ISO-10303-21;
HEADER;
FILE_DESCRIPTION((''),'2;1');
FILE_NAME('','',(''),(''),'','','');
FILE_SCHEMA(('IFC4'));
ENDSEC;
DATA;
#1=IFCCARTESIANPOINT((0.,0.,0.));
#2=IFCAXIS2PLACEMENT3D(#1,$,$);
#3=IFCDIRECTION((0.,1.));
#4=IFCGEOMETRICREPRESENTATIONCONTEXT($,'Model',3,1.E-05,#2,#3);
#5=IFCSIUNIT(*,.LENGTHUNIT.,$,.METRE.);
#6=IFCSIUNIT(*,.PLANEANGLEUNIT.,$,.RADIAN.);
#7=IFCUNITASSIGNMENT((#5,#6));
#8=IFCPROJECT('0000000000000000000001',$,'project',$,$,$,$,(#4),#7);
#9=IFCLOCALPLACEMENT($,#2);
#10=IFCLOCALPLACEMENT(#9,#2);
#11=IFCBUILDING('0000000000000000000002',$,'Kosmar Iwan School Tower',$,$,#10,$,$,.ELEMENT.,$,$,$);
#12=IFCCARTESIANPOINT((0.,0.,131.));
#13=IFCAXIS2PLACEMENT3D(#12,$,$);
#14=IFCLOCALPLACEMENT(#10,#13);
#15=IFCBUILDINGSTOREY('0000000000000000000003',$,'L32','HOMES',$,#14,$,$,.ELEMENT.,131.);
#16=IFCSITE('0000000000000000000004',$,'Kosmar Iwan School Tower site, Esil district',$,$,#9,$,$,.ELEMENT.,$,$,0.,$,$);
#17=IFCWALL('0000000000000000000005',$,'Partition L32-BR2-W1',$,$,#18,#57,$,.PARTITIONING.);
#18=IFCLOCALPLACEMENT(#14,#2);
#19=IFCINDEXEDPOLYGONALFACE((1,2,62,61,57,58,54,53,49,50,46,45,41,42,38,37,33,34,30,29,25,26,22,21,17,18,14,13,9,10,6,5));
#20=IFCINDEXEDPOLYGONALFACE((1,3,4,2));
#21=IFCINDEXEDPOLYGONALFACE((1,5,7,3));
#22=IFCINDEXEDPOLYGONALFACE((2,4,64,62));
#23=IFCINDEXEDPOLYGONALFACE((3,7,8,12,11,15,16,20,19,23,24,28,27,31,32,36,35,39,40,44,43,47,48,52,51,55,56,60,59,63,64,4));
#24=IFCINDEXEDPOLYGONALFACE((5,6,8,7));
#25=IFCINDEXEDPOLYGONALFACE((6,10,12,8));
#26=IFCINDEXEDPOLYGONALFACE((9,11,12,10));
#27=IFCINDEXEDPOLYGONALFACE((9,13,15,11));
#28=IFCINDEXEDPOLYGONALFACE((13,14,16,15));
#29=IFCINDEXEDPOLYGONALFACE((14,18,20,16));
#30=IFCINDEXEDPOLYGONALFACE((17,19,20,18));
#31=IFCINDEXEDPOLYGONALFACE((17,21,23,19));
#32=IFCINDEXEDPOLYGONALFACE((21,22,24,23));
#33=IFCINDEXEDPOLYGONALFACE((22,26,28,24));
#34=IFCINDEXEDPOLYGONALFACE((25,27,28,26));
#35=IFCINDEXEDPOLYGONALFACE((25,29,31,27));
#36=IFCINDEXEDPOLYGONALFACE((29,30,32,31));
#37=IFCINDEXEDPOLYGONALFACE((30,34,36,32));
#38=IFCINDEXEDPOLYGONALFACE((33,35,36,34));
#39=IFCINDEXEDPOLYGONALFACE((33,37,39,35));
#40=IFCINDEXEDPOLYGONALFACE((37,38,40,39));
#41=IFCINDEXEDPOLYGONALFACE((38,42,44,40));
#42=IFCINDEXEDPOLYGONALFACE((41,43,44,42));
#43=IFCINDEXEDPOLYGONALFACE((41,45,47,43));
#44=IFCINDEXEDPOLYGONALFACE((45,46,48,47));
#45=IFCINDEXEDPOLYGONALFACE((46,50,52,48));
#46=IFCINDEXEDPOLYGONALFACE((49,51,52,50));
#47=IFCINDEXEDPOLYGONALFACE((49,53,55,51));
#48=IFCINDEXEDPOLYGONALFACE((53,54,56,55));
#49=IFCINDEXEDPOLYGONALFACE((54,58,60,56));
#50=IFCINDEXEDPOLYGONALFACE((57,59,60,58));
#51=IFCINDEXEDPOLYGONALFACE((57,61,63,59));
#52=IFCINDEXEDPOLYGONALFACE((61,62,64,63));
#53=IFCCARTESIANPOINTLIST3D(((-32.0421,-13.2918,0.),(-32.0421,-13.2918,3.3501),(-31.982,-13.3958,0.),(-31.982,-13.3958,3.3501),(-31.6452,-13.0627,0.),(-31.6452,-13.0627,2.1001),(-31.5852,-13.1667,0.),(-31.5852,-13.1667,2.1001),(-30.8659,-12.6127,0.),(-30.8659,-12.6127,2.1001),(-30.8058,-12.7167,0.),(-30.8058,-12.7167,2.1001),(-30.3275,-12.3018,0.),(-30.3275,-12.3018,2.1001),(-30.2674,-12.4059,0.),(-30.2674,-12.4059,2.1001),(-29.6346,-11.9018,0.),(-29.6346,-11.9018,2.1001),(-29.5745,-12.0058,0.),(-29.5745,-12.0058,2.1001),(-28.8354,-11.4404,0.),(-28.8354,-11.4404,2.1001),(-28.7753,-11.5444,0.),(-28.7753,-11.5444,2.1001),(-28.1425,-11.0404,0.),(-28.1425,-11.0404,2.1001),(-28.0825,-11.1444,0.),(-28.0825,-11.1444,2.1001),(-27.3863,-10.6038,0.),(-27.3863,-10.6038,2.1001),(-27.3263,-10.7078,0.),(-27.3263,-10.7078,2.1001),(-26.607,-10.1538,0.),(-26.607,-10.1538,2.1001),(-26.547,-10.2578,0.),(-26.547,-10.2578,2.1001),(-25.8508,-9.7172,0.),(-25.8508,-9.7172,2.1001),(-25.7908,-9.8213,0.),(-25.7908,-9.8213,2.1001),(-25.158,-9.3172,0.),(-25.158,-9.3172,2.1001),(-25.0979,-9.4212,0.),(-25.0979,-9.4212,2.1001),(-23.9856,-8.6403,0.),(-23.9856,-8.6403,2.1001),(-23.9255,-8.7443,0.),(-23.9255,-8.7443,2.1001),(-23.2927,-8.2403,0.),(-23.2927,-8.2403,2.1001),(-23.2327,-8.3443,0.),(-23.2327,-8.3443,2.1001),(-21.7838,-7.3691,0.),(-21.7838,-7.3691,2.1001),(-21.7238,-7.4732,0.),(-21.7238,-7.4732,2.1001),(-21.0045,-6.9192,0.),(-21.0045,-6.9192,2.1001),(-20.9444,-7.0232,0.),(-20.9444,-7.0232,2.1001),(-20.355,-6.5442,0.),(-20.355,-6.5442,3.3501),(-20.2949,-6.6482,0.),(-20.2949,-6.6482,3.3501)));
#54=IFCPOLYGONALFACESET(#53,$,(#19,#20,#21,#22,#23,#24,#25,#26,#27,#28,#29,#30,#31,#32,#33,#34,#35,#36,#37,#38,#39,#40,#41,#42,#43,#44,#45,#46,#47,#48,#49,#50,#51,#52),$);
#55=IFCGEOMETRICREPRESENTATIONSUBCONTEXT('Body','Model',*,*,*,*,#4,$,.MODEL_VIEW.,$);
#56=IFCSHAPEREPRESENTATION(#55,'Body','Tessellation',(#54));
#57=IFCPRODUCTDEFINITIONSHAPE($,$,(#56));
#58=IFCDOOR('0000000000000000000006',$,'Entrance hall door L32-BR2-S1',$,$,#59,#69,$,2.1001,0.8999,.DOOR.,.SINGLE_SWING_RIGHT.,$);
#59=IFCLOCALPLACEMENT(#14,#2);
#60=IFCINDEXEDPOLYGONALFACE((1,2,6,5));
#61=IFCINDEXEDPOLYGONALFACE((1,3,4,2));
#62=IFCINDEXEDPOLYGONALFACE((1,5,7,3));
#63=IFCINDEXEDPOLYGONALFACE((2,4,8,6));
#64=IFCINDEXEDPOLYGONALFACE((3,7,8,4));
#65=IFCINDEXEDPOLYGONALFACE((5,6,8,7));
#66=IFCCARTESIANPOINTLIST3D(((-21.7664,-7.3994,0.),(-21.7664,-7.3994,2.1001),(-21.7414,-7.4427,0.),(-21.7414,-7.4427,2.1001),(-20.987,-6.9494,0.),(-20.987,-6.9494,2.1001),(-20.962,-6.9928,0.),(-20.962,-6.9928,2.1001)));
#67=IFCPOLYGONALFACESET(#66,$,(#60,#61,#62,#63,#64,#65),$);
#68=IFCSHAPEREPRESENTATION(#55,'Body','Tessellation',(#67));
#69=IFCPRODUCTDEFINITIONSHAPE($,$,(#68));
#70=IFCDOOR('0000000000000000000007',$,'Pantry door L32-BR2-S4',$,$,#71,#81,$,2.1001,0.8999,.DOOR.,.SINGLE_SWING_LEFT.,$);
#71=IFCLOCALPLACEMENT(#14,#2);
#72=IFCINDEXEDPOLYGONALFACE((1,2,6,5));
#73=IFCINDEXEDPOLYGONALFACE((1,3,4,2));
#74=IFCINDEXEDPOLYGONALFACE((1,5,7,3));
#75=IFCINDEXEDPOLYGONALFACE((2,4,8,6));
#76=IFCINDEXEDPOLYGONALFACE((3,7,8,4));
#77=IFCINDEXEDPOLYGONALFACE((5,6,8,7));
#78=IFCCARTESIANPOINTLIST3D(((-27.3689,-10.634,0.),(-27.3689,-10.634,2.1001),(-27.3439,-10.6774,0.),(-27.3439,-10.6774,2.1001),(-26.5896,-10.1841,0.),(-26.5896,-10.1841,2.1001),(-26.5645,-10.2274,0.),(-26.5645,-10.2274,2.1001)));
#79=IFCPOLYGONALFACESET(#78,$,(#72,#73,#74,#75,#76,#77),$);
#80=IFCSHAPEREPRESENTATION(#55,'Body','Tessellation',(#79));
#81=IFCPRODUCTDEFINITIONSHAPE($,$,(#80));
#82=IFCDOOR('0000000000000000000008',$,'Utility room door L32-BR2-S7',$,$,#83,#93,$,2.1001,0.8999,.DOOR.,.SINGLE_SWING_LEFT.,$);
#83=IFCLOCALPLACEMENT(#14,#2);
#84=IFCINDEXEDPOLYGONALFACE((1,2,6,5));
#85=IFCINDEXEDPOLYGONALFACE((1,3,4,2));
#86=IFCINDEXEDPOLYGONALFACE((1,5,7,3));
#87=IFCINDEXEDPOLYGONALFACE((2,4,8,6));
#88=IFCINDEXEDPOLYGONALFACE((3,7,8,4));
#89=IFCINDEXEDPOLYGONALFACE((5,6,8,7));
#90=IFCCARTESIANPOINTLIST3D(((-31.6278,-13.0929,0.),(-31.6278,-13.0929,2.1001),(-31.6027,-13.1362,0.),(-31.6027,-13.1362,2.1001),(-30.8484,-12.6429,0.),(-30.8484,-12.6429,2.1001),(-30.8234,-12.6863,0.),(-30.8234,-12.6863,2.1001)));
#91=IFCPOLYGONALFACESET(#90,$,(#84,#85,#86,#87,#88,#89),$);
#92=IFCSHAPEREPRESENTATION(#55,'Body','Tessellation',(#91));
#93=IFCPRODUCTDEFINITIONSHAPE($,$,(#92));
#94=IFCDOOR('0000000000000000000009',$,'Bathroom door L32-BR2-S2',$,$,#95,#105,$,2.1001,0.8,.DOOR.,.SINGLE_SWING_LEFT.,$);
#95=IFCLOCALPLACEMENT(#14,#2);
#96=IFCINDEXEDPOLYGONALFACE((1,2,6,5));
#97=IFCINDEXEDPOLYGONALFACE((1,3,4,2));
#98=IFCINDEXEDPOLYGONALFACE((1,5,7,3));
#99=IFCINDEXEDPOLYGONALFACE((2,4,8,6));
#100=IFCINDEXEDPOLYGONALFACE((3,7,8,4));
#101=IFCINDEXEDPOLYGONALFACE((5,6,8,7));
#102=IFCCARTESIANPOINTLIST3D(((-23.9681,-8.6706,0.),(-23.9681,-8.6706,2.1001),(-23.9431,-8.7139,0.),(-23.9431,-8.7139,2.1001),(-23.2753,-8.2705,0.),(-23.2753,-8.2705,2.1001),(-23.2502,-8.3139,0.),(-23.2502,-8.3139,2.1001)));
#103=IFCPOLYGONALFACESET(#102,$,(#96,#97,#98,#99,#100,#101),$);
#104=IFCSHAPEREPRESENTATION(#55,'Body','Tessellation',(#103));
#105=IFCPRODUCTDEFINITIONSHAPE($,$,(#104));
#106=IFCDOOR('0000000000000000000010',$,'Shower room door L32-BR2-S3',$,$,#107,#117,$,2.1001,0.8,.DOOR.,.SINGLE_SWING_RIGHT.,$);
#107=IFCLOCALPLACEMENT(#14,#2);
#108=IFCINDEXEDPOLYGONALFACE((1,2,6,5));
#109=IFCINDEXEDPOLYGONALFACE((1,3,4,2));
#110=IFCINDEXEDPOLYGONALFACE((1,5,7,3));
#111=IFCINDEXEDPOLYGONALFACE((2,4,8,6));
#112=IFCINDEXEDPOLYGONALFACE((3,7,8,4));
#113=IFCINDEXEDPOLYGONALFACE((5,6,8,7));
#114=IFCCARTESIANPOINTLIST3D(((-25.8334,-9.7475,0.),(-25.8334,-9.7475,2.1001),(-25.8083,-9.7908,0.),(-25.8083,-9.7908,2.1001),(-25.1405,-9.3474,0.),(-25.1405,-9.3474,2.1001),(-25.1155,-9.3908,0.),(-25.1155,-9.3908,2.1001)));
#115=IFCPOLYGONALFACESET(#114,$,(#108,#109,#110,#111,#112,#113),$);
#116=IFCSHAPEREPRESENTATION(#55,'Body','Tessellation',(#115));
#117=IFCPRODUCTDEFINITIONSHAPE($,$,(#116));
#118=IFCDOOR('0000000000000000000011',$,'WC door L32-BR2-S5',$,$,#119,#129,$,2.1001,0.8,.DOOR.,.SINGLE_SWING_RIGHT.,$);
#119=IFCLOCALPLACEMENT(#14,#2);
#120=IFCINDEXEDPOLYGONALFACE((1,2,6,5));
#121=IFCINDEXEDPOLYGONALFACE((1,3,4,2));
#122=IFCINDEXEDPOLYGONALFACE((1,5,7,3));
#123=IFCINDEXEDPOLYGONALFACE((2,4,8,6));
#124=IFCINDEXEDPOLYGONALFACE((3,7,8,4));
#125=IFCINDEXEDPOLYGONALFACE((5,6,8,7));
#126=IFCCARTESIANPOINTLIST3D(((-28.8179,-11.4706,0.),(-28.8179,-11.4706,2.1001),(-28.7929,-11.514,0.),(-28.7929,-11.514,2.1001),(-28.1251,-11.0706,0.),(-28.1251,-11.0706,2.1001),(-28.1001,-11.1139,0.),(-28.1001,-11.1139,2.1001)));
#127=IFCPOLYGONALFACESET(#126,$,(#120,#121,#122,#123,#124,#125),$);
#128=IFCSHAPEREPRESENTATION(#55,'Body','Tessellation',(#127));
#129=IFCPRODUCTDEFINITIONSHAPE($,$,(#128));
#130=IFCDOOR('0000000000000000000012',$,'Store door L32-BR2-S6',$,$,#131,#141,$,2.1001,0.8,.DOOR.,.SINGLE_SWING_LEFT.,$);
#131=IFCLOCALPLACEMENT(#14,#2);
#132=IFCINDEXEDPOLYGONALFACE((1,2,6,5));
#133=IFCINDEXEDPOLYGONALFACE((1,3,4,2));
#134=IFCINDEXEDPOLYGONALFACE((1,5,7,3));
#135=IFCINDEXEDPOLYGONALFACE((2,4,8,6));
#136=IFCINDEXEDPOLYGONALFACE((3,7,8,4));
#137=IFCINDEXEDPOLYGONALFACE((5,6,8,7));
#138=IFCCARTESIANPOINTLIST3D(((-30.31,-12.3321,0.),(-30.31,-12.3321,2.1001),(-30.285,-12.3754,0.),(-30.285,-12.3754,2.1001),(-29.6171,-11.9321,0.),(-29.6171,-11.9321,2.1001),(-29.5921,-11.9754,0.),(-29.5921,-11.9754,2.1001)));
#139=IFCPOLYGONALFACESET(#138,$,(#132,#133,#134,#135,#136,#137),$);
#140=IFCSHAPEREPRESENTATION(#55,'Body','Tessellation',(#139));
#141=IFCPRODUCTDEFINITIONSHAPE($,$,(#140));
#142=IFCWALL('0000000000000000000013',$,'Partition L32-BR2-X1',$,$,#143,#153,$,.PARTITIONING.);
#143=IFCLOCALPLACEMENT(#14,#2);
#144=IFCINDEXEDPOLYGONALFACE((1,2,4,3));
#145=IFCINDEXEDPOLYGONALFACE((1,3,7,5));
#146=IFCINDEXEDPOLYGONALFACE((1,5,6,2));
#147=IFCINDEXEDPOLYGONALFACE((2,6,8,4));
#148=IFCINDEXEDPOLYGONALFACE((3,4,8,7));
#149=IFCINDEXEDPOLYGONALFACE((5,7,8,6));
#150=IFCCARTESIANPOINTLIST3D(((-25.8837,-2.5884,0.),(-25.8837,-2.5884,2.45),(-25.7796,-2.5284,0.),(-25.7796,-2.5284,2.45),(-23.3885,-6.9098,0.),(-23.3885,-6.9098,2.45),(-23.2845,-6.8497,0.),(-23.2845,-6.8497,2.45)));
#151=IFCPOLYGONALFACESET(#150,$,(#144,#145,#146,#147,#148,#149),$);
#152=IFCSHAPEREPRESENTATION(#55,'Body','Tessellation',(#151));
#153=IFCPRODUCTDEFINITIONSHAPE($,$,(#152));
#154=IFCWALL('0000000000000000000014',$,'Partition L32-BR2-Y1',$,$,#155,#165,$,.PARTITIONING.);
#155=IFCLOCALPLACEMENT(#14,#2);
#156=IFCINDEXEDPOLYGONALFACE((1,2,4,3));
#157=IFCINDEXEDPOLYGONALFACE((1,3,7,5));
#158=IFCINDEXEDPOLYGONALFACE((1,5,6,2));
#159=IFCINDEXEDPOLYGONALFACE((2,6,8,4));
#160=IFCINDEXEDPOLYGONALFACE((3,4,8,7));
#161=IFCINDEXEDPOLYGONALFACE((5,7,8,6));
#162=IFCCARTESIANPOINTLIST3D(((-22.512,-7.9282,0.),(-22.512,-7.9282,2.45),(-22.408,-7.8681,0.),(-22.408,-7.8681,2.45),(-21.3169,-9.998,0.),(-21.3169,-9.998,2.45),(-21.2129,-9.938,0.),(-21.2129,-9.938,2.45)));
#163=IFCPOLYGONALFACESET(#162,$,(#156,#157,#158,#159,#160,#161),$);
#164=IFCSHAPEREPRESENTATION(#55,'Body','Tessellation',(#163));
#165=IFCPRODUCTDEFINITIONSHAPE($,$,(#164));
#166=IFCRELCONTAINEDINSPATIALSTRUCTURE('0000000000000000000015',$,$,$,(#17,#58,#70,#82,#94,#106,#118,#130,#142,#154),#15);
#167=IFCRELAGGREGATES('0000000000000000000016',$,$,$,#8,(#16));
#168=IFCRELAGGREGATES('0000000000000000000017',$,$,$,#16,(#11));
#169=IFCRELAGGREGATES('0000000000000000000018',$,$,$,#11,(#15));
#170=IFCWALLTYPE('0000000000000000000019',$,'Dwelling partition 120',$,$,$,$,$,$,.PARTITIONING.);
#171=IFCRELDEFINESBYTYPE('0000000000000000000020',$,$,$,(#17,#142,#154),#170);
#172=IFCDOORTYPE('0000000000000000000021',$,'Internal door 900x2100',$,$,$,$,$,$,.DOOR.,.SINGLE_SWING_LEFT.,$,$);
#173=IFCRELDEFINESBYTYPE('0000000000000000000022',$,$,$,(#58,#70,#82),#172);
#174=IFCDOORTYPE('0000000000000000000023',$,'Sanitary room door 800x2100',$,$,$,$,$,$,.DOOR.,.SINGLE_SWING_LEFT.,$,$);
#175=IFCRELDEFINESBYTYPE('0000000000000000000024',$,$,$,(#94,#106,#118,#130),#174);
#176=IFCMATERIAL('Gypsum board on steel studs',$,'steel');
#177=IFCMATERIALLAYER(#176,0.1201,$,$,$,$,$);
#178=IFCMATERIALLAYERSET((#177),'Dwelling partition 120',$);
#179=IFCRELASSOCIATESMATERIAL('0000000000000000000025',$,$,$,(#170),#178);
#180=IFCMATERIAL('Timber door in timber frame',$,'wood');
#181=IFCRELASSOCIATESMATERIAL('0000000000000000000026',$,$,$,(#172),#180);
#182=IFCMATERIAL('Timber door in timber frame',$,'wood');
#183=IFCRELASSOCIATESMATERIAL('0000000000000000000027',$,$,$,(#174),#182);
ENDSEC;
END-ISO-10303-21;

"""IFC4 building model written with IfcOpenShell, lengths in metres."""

from ifc_helpers import new_model, si_unit, direction, frame, frame_2d, origin, place, context, subcontext, project, spatial, rectangle, extrude, material, layer, layer_set, type_object, element, fill, save


model = new_model("IFC4")

# Units and contexts
model_context = context("Model", 3, precision=1e-05, world=origin(), true_north=direction((0.0, 1.0)))
body_context = subcontext(model_context, "Body", "Model", "MODEL_VIEW")
ifc_project = project(units=[si_unit("LENGTHUNIT", "METRE"), si_unit("PLANEANGLEUNIT", "RADIAN")], contexts=[model_context])

# Site, building, storey
site_placement = place(None, origin())
site = spatial("IfcSite", under=ifc_project, at=site_placement, Name="Kosmar Iwan School Tower site, Esil district", CompositionType="ELEMENT", RefElevation=0.0)
building_placement = place(site_placement, origin())
building = spatial("IfcBuilding", under=site, at=building_placement, Name="Kosmar Iwan School Tower", CompositionType="ELEMENT")
storey_placement = place(building_placement, frame((0.0, 0.0, 131.0)))
storey = spatial("IfcBuildingStorey", under=building, at=storey_placement, Name="L32", Description="HOMES", CompositionType="ELEMENT", Elevation=131.0)

# Shared definitions
ifc_material_1 = material(Name="Gypsum board on steel studs", Category="steel")
ifc_layer_1 = layer(ifc_material_1, 0.1201)
ifc_layer_set_1 = layer_set([ifc_layer_1], Name="Dwelling partition 120")
wall_type_1 = type_object("IfcWallType", Name="Dwelling partition 120", PredefinedType="PARTITIONING", material=ifc_layer_set_1)

# Wall, openings, doors
wall_1_placement = place(storey_placement, frame((-20.325, -6.5962, 0.0), z_axis=(0.0, 0.0, 1.0), x_axis=(-0.866024, -0.500003, 0.0)))
wall_1 = element("IfcWall", 1, at=wall_1_placement, inside=storey, type_object=wall_type_1, Name="Partition L32-BR2-W1", PredefinedType="PARTITIONING", context=body_context, shape_type="SweptSolid", body=[
    extrude(rectangle(XDim=13.4951, YDim=0.1201, at=frame_2d((6.7476, 0.0))), origin(), (0.0, 0.0, 1.0), 3.3501),
])
opening_1_placement = place(wall_1_placement, frame((0.75, 0.0, 0.0)))
opening_1 = element("IfcOpeningElement", 2, at=opening_1_placement, cuts=wall_1, PredefinedType="OPENING", context=body_context, shape_type="SweptSolid", body=[
    extrude(rectangle(XDim=0.8999, YDim=2.1001, at=frame_2d((0.45, 1.05))), frame((0.0, 0.072, 0.0), z_axis=(0.0, -1.0, 0.0), x_axis=(1.0, 0.0, 0.0)), (0.0, 0.0, 1.0), 0.144),
])
opening_2_placement = place(wall_1_placement, frame((3.3923, 0.0, 0.0)))
opening_2 = element("IfcOpeningElement", 3, at=opening_2_placement, cuts=wall_1, PredefinedType="OPENING", context=body_context, shape_type="SweptSolid", body=[
    extrude(rectangle(XDim=0.8, YDim=2.1001, at=frame_2d((0.3999, 1.05))), frame((0.0, 0.072, 0.0), z_axis=(0.0, -1.0, 0.0), x_axis=(1.0, 0.0, 0.0)), (0.0, 0.0, 1.0), 0.144),
])
opening_3_placement = place(wall_1_placement, frame((5.5461, 0.0, 0.0)))
opening_3 = element("IfcOpeningElement", 4, at=opening_3_placement, cuts=wall_1, PredefinedType="OPENING", context=body_context, shape_type="SweptSolid", body=[
    extrude(rectangle(XDim=0.8, YDim=2.1001, at=frame_2d((0.3999, 1.05))), frame((0.0, 0.072, 0.0), z_axis=(0.0, -1.0, 0.0), x_axis=(1.0, 0.0, 0.0)), (0.0, 0.0, 1.0), 0.144),
])
opening_4_placement = place(wall_1_placement, frame((7.2192, 0.0, 0.0)))
opening_4 = element("IfcOpeningElement", 5, at=opening_4_placement, cuts=wall_1, PredefinedType="OPENING", context=body_context, shape_type="SweptSolid", body=[
    extrude(rectangle(XDim=0.8999, YDim=2.1001, at=frame_2d((0.45, 1.05))), frame((0.0, 0.072, 0.0), z_axis=(0.0, -1.0, 0.0), x_axis=(1.0, 0.0, 0.0)), (0.0, 0.0, 1.0), 0.144),
])
opening_5_placement = place(wall_1_placement, frame((8.9924, 0.0, 0.0)))
opening_5 = element("IfcOpeningElement", 6, at=opening_5_placement, cuts=wall_1, PredefinedType="OPENING", context=body_context, shape_type="SweptSolid", body=[
    extrude(rectangle(XDim=0.8, YDim=2.1001, at=frame_2d((0.3999, 1.05))), frame((0.0, 0.072, 0.0), z_axis=(0.0, -1.0, 0.0), x_axis=(1.0, 0.0, 0.0)), (0.0, 0.0, 1.0), 0.144),
])
opening_6_placement = place(wall_1_placement, frame((10.7153, 0.0, 0.0)))
opening_6 = element("IfcOpeningElement", 7, at=opening_6_placement, cuts=wall_1, PredefinedType="OPENING", context=body_context, shape_type="SweptSolid", body=[
    extrude(rectangle(XDim=0.8, YDim=2.1001, at=frame_2d((0.3999, 1.05))), frame((0.0, 0.072, 0.0), z_axis=(0.0, -1.0, 0.0), x_axis=(1.0, 0.0, 0.0)), (0.0, 0.0, 1.0), 0.144),
])
opening_7_placement = place(wall_1_placement, frame((12.137, 0.0, 0.0)))
opening_7 = element("IfcOpeningElement", 8, at=opening_7_placement, cuts=wall_1, PredefinedType="OPENING", context=body_context, shape_type="SweptSolid", body=[
    extrude(rectangle(XDim=0.8999, YDim=2.1001, at=frame_2d((0.45, 1.05))), frame((0.0, 0.072, 0.0), z_axis=(0.0, -1.0, 0.0), x_axis=(1.0, 0.0, 0.0)), (0.0, 0.0, 1.0), 0.144),
])
ifc_material_2 = material(Name="Timber door in timber frame", Category="wood")
door_type_1 = type_object("IfcDoorType", Name="Internal door 900x2100", OperationType="SINGLE_SWING_LEFT", PredefinedType="DOOR", material=ifc_material_2)
door_1_placement = place(opening_1_placement, origin())
door_1 = element("IfcDoor", 9, at=door_1_placement, inside=storey, type_object=door_type_1, Name="Entrance hall door L32-BR2-S1", OperationType="SINGLE_SWING_RIGHT", OverallHeight=2.1001, OverallWidth=0.8999, PredefinedType="DOOR", context=body_context, shape_type="SweptSolid", body=[
    extrude(rectangle(XDim=0.8999, YDim=2.1001, at=frame_2d((0.45, 1.05))), frame((0.0, 0.0249, 0.0), z_axis=(0.0, -1.0, 0.0), x_axis=(1.0, 0.0, 0.0)), (0.0, 0.0, 1.0), 0.05),
])
fill(opening_1, door_1)
door_2_placement = place(opening_4_placement, origin())
door_2 = element("IfcDoor", 10, at=door_2_placement, inside=storey, type_object=door_type_1, Name="Pantry door L32-BR2-S4", OperationType="SINGLE_SWING_LEFT", OverallHeight=2.1001, OverallWidth=0.8999, PredefinedType="DOOR", context=body_context, shape_type="SweptSolid", body=[
    extrude(rectangle(XDim=0.8999, YDim=2.1001, at=frame_2d((0.45, 1.05))), frame((0.0, 0.0249, 0.0), z_axis=(0.0, -1.0, 0.0), x_axis=(1.0, 0.0, 0.0)), (0.0, 0.0, 1.0), 0.05),
])
fill(opening_4, door_2)
door_3_placement = place(opening_7_placement, origin())
door_3 = element("IfcDoor", 11, at=door_3_placement, inside=storey, type_object=door_type_1, Name="Utility room door L32-BR2-S7", OperationType="SINGLE_SWING_LEFT", OverallHeight=2.1001, OverallWidth=0.8999, PredefinedType="DOOR", context=body_context, shape_type="SweptSolid", body=[
    extrude(rectangle(XDim=0.8999, YDim=2.1001, at=frame_2d((0.45, 1.05))), frame((0.0, 0.0249, 0.0), z_axis=(0.0, -1.0, 0.0), x_axis=(1.0, 0.0, 0.0)), (0.0, 0.0, 1.0), 0.05),
])
fill(opening_7, door_3)
ifc_material_3 = material(Name="Timber door in timber frame", Category="wood")
door_type_2 = type_object("IfcDoorType", Name="Sanitary room door 800x2100", OperationType="SINGLE_SWING_LEFT", PredefinedType="DOOR", material=ifc_material_3)
door_4_placement = place(opening_2_placement, origin())
door_4 = element("IfcDoor", 12, at=door_4_placement, inside=storey, type_object=door_type_2, Name="Bathroom door L32-BR2-S2", OperationType="SINGLE_SWING_LEFT", OverallHeight=2.1001, OverallWidth=0.8, PredefinedType="DOOR", context=body_context, shape_type="SweptSolid", body=[
    extrude(rectangle(XDim=0.8, YDim=2.1001, at=frame_2d((0.3999, 1.05))), frame((0.0, 0.0249, 0.0), z_axis=(0.0, -1.0, 0.0), x_axis=(1.0, 0.0, 0.0)), (0.0, 0.0, 1.0), 0.05),
])
fill(opening_2, door_4)
door_5_placement = place(opening_3_placement, origin())
door_5 = element("IfcDoor", 13, at=door_5_placement, inside=storey, type_object=door_type_2, Name="Shower room door L32-BR2-S3", OperationType="SINGLE_SWING_RIGHT", OverallHeight=2.1001, OverallWidth=0.8, PredefinedType="DOOR", context=body_context, shape_type="SweptSolid", body=[
    extrude(rectangle(XDim=0.8, YDim=2.1001, at=frame_2d((0.3999, 1.05))), frame((0.0, 0.0249, 0.0), z_axis=(0.0, -1.0, 0.0), x_axis=(1.0, 0.0, 0.0)), (0.0, 0.0, 1.0), 0.05),
])
fill(opening_3, door_5)
door_6_placement = place(opening_5_placement, origin())
door_6 = element("IfcDoor", 14, at=door_6_placement, inside=storey, type_object=door_type_2, Name="WC door L32-BR2-S5", OperationType="SINGLE_SWING_RIGHT", OverallHeight=2.1001, OverallWidth=0.8, PredefinedType="DOOR", context=body_context, shape_type="SweptSolid", body=[
    extrude(rectangle(XDim=0.8, YDim=2.1001, at=frame_2d((0.3999, 1.05))), frame((0.0, 0.0249, 0.0), z_axis=(0.0, -1.0, 0.0), x_axis=(1.0, 0.0, 0.0)), (0.0, 0.0, 1.0), 0.05),
])
fill(opening_5, door_6)
door_7_placement = place(opening_6_placement, origin())
door_7 = element("IfcDoor", 15, at=door_7_placement, inside=storey, type_object=door_type_2, Name="Store door L32-BR2-S6", OperationType="SINGLE_SWING_LEFT", OverallHeight=2.1001, OverallWidth=0.8, PredefinedType="DOOR", context=body_context, shape_type="SweptSolid", body=[
    extrude(rectangle(XDim=0.8, YDim=2.1001, at=frame_2d((0.3999, 1.05))), frame((0.0, 0.0249, 0.0), z_axis=(0.0, -1.0, 0.0), x_axis=(1.0, 0.0, 0.0)), (0.0, 0.0, 1.0), 0.05),
])
fill(opening_6, door_7)

# Walls
wall_2_placement = place(storey_placement, frame((-23.3364, -6.8799, 0.0), z_axis=(0.0, 0.0, 1.0), x_axis=(-0.500033, 0.866006, 0.0)))
element("IfcWall", 16, at=wall_2_placement, inside=storey, type_object=wall_type_1, Name="Partition L32-BR2-X1", PredefinedType="PARTITIONING", context=body_context, shape_type="SweptSolid", body=[
    extrude(rectangle(XDim=4.99, YDim=0.1201, at=frame_2d((2.4951, 0.0))), origin(), (0.0, 0.0, 1.0), 2.45),
])
wall_3_placement = place(storey_placement, frame((-21.2649, -9.968, 0.0), z_axis=(0.0, 0.0, 1.0), x_axis=(-0.500017, 0.866015, 0.0)))
element("IfcWall", 17, at=wall_3_placement, inside=storey, type_object=wall_type_1, Name="Partition L32-BR2-Y1", PredefinedType="PARTITIONING", context=body_context, shape_type="SweptSolid", body=[
    extrude(rectangle(XDim=2.3901, YDim=0.1201, at=frame_2d((1.1951, 0.0))), origin(), (0.0, 0.0, 1.0), 2.45),
])

save(model, "model.ifc")
